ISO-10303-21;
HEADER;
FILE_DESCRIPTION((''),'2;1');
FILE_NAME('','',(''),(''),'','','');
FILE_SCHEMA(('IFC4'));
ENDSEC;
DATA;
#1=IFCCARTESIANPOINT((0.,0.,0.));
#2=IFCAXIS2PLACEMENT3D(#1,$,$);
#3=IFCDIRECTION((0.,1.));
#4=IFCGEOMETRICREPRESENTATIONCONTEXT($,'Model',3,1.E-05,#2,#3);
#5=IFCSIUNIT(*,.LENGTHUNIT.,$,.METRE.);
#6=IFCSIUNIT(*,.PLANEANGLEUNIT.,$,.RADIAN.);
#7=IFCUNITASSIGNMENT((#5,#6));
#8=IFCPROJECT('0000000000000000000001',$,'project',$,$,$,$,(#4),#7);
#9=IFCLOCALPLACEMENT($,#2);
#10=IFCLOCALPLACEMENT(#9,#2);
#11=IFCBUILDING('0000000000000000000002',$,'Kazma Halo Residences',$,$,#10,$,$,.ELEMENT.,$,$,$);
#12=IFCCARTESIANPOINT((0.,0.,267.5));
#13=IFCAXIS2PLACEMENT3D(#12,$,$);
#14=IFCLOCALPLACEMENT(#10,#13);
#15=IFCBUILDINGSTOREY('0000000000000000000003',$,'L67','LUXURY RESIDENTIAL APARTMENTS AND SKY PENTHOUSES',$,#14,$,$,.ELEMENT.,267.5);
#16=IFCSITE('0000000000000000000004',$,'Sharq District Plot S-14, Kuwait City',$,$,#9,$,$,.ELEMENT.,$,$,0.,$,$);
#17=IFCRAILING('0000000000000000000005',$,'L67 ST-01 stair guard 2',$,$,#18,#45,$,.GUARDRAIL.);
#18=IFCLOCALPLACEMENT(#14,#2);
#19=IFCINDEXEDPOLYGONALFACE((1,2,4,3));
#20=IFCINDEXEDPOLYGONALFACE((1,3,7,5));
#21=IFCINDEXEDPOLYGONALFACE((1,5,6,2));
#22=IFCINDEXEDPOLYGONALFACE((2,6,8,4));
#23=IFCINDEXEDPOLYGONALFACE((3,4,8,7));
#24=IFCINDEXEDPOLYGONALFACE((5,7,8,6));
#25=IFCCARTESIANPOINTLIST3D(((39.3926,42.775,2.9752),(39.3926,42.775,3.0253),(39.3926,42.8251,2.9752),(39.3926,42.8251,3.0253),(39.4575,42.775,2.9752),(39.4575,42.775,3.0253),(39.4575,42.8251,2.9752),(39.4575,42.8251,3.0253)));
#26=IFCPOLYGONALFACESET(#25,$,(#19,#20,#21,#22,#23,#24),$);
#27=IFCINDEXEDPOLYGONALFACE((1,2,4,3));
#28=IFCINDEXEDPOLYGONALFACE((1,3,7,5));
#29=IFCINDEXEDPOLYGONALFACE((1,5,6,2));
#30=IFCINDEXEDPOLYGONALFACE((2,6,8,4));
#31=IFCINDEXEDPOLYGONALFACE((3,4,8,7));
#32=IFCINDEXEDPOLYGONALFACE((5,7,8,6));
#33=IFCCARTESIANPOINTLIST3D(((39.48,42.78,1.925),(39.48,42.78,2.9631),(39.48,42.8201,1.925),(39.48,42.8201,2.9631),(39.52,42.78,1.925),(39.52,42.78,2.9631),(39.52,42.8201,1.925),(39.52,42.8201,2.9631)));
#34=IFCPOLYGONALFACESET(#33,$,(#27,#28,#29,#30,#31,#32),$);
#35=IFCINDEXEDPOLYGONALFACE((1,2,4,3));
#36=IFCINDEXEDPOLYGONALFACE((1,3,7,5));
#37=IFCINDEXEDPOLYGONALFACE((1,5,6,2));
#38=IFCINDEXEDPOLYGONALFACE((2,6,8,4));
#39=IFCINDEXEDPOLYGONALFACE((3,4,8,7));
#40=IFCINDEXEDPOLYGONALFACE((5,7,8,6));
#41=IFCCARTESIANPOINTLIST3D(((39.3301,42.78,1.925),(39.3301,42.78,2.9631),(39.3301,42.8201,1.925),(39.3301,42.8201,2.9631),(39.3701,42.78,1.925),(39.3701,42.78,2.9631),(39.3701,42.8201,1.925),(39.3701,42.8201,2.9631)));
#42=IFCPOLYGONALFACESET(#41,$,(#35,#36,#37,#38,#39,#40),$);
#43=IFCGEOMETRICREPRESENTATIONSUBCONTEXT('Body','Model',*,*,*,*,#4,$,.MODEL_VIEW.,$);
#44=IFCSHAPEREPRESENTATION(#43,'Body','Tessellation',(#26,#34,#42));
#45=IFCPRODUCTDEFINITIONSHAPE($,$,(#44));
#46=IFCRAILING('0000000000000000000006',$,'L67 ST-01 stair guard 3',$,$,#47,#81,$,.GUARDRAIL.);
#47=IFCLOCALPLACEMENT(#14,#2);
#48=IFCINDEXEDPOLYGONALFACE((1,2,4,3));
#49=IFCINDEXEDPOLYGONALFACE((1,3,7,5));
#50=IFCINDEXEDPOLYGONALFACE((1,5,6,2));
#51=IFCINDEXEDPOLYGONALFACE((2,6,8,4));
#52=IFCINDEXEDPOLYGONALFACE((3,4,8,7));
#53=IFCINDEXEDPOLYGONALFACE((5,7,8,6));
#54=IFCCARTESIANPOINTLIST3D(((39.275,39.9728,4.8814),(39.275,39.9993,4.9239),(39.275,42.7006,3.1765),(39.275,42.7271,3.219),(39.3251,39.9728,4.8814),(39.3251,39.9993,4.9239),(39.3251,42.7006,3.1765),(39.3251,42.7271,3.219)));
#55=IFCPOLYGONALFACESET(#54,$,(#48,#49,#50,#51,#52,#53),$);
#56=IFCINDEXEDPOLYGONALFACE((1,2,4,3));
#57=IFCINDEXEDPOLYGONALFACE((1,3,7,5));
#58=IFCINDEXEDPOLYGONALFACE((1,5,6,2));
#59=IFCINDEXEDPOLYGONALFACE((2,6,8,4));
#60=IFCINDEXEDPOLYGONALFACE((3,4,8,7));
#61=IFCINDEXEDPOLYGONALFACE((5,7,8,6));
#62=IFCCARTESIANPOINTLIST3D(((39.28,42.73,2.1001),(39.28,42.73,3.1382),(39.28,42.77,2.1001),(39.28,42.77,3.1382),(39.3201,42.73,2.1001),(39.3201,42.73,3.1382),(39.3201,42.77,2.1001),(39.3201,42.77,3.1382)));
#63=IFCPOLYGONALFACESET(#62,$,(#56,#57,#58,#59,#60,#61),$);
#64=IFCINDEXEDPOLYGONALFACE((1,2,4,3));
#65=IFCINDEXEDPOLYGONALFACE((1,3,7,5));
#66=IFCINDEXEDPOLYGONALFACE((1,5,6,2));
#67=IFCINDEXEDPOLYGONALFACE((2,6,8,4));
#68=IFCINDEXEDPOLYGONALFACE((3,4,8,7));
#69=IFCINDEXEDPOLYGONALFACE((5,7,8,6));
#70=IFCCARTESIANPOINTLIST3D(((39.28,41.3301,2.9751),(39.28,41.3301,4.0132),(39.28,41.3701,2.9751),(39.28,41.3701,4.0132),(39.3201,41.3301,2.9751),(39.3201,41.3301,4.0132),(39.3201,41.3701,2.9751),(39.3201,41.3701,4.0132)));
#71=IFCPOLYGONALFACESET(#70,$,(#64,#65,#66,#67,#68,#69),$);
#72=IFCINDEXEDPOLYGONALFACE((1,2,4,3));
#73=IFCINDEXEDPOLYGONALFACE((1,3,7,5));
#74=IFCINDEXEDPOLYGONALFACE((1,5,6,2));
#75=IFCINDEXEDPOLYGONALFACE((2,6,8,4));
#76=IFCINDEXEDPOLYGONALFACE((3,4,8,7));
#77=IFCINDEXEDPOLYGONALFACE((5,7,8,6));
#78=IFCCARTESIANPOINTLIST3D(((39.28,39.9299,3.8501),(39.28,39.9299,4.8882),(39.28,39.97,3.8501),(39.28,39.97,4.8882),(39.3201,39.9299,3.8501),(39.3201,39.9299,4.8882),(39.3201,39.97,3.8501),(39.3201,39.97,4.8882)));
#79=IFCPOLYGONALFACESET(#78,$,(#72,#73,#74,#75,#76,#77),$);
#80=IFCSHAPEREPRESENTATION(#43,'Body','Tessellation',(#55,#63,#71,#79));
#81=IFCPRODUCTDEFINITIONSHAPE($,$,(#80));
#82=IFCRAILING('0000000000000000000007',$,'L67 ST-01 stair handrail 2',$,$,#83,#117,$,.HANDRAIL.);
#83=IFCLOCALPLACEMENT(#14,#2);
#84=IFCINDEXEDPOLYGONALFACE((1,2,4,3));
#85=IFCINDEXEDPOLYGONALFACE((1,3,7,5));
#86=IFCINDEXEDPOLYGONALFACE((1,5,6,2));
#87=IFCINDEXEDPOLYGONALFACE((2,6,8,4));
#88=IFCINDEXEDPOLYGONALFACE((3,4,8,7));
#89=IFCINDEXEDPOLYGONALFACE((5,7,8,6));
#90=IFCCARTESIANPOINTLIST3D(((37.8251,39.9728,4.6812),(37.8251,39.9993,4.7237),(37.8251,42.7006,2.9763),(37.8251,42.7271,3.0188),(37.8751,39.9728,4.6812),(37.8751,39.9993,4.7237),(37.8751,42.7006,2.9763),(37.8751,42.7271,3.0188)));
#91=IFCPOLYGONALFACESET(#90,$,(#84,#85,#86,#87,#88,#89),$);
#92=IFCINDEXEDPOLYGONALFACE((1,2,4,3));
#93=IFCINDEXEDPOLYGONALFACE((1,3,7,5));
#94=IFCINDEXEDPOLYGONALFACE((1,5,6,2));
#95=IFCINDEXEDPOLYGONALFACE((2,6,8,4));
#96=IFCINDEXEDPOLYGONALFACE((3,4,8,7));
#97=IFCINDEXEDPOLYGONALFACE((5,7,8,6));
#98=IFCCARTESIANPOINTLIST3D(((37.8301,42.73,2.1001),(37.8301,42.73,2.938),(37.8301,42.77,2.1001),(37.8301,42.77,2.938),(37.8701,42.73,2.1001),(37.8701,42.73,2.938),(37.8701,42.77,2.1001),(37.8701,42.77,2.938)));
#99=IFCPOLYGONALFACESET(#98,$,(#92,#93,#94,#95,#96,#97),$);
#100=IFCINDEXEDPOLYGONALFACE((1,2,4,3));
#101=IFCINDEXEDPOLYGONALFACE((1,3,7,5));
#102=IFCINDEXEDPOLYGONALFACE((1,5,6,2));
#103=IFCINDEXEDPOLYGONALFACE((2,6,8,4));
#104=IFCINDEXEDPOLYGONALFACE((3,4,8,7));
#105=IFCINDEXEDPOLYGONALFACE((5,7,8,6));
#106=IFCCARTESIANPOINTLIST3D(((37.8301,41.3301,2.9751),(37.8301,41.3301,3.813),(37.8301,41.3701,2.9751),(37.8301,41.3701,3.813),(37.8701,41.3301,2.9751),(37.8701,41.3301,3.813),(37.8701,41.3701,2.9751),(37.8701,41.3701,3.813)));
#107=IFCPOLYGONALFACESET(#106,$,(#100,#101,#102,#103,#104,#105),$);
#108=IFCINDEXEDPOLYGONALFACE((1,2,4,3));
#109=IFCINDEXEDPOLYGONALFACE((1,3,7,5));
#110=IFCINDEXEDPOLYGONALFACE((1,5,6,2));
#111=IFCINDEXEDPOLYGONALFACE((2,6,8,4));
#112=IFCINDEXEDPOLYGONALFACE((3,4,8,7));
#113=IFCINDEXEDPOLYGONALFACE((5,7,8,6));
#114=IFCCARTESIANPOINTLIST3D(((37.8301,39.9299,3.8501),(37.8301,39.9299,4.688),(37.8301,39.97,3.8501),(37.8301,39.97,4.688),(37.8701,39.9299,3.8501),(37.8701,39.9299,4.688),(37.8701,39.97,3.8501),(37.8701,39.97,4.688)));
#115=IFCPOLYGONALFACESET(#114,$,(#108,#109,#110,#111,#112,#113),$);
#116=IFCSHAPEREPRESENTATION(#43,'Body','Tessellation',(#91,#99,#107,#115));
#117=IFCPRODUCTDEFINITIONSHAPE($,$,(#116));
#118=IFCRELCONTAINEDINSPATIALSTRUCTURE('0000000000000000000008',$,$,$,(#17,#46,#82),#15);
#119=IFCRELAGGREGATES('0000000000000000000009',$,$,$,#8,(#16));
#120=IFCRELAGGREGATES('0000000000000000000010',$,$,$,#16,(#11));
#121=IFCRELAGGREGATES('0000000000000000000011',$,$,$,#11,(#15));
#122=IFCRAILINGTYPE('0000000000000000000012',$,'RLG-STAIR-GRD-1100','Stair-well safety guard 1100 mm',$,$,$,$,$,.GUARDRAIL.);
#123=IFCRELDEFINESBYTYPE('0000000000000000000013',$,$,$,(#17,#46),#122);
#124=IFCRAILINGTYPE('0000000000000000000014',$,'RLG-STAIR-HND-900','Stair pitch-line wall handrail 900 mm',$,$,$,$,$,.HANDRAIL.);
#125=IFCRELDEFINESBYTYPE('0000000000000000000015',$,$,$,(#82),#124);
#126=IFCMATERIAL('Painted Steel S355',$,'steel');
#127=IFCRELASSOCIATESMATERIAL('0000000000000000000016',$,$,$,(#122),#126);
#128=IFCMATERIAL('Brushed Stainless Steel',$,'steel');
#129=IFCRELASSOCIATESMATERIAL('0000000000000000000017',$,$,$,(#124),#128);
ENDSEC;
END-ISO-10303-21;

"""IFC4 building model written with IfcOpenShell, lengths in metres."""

from ifc_helpers import new_model, si_unit, direction, frame, origin, origin_2d, place, context, subcontext, project, spatial, rectangle, extrude, material, type_object, element, save


model = new_model("IFC4")

# Units and contexts
model_context = context("Model", 3, precision=1e-05, world=origin(), true_north=direction((0.0, 1.0)))
body_context = subcontext(model_context, "Body", "Model", "MODEL_VIEW")
ifc_project = project(units=[si_unit("LENGTHUNIT", "METRE"), si_unit("PLANEANGLEUNIT", "RADIAN")], contexts=[model_context])

# Site, building, storey
site_placement = place(None, origin())
site = spatial("IfcSite", under=ifc_project, at=site_placement, Name="Sharq District Plot S-14, Kuwait City", CompositionType="ELEMENT", RefElevation=0.0)
building_placement = place(site_placement, origin())
building = spatial("IfcBuilding", under=site, at=building_placement, Name="Kazma Halo Residences", CompositionType="ELEMENT")
storey_placement = place(building_placement, frame((0.0, 0.0, 267.5)))
storey = spatial("IfcBuildingStorey", under=building, at=storey_placement, Name="L67", Description="LUXURY RESIDENTIAL APARTMENTS AND SKY PENTHOUSES", CompositionType="ELEMENT", Elevation=267.5)

# Railings
ifc_material_1 = material(Name="Painted Steel S355", Category="steel")
railing_type_1 = type_object("IfcRailingType", Name="RLG-STAIR-GRD-1100", Description="Stair-well safety guard 1100 mm", PredefinedType="GUARDRAIL", material=ifc_material_1)
railing_1_placement = place(storey_placement, frame((39.5, 42.8, 1.925)))
element("IfcRailing", 1, at=railing_1_placement, inside=storey, type_object=railing_type_1, Name="L67 ST-01 stair guard 2", PredefinedType="GUARDRAIL", context=body_context, shape_type="SweptSolid", body=[
    extrude(rectangle(XDim=0.05, YDim=0.05, at=origin_2d()), frame((-0.0425, 0.0, 1.0752), z_axis=(-1.0, 0.0, 0.0), x_axis=(0.0, -1.0, 0.0)), (0.0, 0.0, 1.0), 0.0649),
    extrude(rectangle(XDim=0.04, YDim=0.04, at=origin_2d()), origin(), (0.0, 0.0, 1.0), 1.0381),
    extrude(rectangle(XDim=0.04, YDim=0.04, at=origin_2d()), frame((-0.1499, 0.0, 0.0)), (0.0, 0.0, 1.0), 1.0381),
])
railing_2_placement = place(storey_placement, frame((39.3, 42.75, 2.1001)))
element("IfcRailing", 2, at=railing_2_placement, inside=storey, type_object=railing_type_1, Name="L67 ST-01 stair guard 3", PredefinedType="GUARDRAIL", context=body_context, shape_type="SweptSolid", body=[
    extrude(rectangle(XDim=0.05, YDim=0.05, at=origin_2d()), frame((0.0, -0.0361, 1.0977), z_axis=(0.0, -0.848002, 0.529992), x_axis=(1.0, 0.0, 0.0)), (0.0, 0.0, 1.0), 3.2168),
    extrude(rectangle(XDim=0.04, YDim=0.04, at=origin_2d()), origin(), (0.0, 0.0, 1.0), 1.0381),
    extrude(rectangle(XDim=0.04, YDim=0.04, at=origin_2d()), frame((0.0, -1.3999, 0.875)), (0.0, 0.0, 1.0), 1.0381),
    extrude(rectangle(XDim=0.04, YDim=0.04, at=origin_2d()), frame((0.0, -2.8, 1.75)), (0.0, 0.0, 1.0), 1.0381),
])
ifc_material_2 = material(Name="Brushed Stainless Steel", Category="steel")
railing_type_2 = type_object("IfcRailingType", Name="RLG-STAIR-HND-900", Description="Stair pitch-line wall handrail 900 mm", PredefinedType="HANDRAIL", material=ifc_material_2)
railing_3_placement = place(storey_placement, frame((37.8501, 42.75, 2.1001)))
element("IfcRailing", 3, at=railing_3_placement, inside=storey, type_object=railing_type_2, Name="L67 ST-01 stair handrail 2", PredefinedType="HANDRAIL", context=body_context, shape_type="SweptSolid", body=[
    extrude(rectangle(XDim=0.05, YDim=0.05, at=origin_2d()), frame((0.0, -0.0361, 0.8975), z_axis=(0.0, -0.848002, 0.529992), x_axis=(1.0, 0.0, 0.0)), (0.0, 0.0, 1.0), 3.2168),
    extrude(rectangle(XDim=0.04, YDim=0.04, at=origin_2d()), origin(), (0.0, 0.0, 1.0), 0.8379),
    extrude(rectangle(XDim=0.04, YDim=0.04, at=origin_2d()), frame((0.0, -1.3999, 0.875)), (0.0, 0.0, 1.0), 0.8379),
    extrude(rectangle(XDim=0.04, YDim=0.04, at=origin_2d()), frame((0.0, -2.8, 1.75)), (0.0, 0.0, 1.0), 0.8379),
])

save(model, "model.ifc")
